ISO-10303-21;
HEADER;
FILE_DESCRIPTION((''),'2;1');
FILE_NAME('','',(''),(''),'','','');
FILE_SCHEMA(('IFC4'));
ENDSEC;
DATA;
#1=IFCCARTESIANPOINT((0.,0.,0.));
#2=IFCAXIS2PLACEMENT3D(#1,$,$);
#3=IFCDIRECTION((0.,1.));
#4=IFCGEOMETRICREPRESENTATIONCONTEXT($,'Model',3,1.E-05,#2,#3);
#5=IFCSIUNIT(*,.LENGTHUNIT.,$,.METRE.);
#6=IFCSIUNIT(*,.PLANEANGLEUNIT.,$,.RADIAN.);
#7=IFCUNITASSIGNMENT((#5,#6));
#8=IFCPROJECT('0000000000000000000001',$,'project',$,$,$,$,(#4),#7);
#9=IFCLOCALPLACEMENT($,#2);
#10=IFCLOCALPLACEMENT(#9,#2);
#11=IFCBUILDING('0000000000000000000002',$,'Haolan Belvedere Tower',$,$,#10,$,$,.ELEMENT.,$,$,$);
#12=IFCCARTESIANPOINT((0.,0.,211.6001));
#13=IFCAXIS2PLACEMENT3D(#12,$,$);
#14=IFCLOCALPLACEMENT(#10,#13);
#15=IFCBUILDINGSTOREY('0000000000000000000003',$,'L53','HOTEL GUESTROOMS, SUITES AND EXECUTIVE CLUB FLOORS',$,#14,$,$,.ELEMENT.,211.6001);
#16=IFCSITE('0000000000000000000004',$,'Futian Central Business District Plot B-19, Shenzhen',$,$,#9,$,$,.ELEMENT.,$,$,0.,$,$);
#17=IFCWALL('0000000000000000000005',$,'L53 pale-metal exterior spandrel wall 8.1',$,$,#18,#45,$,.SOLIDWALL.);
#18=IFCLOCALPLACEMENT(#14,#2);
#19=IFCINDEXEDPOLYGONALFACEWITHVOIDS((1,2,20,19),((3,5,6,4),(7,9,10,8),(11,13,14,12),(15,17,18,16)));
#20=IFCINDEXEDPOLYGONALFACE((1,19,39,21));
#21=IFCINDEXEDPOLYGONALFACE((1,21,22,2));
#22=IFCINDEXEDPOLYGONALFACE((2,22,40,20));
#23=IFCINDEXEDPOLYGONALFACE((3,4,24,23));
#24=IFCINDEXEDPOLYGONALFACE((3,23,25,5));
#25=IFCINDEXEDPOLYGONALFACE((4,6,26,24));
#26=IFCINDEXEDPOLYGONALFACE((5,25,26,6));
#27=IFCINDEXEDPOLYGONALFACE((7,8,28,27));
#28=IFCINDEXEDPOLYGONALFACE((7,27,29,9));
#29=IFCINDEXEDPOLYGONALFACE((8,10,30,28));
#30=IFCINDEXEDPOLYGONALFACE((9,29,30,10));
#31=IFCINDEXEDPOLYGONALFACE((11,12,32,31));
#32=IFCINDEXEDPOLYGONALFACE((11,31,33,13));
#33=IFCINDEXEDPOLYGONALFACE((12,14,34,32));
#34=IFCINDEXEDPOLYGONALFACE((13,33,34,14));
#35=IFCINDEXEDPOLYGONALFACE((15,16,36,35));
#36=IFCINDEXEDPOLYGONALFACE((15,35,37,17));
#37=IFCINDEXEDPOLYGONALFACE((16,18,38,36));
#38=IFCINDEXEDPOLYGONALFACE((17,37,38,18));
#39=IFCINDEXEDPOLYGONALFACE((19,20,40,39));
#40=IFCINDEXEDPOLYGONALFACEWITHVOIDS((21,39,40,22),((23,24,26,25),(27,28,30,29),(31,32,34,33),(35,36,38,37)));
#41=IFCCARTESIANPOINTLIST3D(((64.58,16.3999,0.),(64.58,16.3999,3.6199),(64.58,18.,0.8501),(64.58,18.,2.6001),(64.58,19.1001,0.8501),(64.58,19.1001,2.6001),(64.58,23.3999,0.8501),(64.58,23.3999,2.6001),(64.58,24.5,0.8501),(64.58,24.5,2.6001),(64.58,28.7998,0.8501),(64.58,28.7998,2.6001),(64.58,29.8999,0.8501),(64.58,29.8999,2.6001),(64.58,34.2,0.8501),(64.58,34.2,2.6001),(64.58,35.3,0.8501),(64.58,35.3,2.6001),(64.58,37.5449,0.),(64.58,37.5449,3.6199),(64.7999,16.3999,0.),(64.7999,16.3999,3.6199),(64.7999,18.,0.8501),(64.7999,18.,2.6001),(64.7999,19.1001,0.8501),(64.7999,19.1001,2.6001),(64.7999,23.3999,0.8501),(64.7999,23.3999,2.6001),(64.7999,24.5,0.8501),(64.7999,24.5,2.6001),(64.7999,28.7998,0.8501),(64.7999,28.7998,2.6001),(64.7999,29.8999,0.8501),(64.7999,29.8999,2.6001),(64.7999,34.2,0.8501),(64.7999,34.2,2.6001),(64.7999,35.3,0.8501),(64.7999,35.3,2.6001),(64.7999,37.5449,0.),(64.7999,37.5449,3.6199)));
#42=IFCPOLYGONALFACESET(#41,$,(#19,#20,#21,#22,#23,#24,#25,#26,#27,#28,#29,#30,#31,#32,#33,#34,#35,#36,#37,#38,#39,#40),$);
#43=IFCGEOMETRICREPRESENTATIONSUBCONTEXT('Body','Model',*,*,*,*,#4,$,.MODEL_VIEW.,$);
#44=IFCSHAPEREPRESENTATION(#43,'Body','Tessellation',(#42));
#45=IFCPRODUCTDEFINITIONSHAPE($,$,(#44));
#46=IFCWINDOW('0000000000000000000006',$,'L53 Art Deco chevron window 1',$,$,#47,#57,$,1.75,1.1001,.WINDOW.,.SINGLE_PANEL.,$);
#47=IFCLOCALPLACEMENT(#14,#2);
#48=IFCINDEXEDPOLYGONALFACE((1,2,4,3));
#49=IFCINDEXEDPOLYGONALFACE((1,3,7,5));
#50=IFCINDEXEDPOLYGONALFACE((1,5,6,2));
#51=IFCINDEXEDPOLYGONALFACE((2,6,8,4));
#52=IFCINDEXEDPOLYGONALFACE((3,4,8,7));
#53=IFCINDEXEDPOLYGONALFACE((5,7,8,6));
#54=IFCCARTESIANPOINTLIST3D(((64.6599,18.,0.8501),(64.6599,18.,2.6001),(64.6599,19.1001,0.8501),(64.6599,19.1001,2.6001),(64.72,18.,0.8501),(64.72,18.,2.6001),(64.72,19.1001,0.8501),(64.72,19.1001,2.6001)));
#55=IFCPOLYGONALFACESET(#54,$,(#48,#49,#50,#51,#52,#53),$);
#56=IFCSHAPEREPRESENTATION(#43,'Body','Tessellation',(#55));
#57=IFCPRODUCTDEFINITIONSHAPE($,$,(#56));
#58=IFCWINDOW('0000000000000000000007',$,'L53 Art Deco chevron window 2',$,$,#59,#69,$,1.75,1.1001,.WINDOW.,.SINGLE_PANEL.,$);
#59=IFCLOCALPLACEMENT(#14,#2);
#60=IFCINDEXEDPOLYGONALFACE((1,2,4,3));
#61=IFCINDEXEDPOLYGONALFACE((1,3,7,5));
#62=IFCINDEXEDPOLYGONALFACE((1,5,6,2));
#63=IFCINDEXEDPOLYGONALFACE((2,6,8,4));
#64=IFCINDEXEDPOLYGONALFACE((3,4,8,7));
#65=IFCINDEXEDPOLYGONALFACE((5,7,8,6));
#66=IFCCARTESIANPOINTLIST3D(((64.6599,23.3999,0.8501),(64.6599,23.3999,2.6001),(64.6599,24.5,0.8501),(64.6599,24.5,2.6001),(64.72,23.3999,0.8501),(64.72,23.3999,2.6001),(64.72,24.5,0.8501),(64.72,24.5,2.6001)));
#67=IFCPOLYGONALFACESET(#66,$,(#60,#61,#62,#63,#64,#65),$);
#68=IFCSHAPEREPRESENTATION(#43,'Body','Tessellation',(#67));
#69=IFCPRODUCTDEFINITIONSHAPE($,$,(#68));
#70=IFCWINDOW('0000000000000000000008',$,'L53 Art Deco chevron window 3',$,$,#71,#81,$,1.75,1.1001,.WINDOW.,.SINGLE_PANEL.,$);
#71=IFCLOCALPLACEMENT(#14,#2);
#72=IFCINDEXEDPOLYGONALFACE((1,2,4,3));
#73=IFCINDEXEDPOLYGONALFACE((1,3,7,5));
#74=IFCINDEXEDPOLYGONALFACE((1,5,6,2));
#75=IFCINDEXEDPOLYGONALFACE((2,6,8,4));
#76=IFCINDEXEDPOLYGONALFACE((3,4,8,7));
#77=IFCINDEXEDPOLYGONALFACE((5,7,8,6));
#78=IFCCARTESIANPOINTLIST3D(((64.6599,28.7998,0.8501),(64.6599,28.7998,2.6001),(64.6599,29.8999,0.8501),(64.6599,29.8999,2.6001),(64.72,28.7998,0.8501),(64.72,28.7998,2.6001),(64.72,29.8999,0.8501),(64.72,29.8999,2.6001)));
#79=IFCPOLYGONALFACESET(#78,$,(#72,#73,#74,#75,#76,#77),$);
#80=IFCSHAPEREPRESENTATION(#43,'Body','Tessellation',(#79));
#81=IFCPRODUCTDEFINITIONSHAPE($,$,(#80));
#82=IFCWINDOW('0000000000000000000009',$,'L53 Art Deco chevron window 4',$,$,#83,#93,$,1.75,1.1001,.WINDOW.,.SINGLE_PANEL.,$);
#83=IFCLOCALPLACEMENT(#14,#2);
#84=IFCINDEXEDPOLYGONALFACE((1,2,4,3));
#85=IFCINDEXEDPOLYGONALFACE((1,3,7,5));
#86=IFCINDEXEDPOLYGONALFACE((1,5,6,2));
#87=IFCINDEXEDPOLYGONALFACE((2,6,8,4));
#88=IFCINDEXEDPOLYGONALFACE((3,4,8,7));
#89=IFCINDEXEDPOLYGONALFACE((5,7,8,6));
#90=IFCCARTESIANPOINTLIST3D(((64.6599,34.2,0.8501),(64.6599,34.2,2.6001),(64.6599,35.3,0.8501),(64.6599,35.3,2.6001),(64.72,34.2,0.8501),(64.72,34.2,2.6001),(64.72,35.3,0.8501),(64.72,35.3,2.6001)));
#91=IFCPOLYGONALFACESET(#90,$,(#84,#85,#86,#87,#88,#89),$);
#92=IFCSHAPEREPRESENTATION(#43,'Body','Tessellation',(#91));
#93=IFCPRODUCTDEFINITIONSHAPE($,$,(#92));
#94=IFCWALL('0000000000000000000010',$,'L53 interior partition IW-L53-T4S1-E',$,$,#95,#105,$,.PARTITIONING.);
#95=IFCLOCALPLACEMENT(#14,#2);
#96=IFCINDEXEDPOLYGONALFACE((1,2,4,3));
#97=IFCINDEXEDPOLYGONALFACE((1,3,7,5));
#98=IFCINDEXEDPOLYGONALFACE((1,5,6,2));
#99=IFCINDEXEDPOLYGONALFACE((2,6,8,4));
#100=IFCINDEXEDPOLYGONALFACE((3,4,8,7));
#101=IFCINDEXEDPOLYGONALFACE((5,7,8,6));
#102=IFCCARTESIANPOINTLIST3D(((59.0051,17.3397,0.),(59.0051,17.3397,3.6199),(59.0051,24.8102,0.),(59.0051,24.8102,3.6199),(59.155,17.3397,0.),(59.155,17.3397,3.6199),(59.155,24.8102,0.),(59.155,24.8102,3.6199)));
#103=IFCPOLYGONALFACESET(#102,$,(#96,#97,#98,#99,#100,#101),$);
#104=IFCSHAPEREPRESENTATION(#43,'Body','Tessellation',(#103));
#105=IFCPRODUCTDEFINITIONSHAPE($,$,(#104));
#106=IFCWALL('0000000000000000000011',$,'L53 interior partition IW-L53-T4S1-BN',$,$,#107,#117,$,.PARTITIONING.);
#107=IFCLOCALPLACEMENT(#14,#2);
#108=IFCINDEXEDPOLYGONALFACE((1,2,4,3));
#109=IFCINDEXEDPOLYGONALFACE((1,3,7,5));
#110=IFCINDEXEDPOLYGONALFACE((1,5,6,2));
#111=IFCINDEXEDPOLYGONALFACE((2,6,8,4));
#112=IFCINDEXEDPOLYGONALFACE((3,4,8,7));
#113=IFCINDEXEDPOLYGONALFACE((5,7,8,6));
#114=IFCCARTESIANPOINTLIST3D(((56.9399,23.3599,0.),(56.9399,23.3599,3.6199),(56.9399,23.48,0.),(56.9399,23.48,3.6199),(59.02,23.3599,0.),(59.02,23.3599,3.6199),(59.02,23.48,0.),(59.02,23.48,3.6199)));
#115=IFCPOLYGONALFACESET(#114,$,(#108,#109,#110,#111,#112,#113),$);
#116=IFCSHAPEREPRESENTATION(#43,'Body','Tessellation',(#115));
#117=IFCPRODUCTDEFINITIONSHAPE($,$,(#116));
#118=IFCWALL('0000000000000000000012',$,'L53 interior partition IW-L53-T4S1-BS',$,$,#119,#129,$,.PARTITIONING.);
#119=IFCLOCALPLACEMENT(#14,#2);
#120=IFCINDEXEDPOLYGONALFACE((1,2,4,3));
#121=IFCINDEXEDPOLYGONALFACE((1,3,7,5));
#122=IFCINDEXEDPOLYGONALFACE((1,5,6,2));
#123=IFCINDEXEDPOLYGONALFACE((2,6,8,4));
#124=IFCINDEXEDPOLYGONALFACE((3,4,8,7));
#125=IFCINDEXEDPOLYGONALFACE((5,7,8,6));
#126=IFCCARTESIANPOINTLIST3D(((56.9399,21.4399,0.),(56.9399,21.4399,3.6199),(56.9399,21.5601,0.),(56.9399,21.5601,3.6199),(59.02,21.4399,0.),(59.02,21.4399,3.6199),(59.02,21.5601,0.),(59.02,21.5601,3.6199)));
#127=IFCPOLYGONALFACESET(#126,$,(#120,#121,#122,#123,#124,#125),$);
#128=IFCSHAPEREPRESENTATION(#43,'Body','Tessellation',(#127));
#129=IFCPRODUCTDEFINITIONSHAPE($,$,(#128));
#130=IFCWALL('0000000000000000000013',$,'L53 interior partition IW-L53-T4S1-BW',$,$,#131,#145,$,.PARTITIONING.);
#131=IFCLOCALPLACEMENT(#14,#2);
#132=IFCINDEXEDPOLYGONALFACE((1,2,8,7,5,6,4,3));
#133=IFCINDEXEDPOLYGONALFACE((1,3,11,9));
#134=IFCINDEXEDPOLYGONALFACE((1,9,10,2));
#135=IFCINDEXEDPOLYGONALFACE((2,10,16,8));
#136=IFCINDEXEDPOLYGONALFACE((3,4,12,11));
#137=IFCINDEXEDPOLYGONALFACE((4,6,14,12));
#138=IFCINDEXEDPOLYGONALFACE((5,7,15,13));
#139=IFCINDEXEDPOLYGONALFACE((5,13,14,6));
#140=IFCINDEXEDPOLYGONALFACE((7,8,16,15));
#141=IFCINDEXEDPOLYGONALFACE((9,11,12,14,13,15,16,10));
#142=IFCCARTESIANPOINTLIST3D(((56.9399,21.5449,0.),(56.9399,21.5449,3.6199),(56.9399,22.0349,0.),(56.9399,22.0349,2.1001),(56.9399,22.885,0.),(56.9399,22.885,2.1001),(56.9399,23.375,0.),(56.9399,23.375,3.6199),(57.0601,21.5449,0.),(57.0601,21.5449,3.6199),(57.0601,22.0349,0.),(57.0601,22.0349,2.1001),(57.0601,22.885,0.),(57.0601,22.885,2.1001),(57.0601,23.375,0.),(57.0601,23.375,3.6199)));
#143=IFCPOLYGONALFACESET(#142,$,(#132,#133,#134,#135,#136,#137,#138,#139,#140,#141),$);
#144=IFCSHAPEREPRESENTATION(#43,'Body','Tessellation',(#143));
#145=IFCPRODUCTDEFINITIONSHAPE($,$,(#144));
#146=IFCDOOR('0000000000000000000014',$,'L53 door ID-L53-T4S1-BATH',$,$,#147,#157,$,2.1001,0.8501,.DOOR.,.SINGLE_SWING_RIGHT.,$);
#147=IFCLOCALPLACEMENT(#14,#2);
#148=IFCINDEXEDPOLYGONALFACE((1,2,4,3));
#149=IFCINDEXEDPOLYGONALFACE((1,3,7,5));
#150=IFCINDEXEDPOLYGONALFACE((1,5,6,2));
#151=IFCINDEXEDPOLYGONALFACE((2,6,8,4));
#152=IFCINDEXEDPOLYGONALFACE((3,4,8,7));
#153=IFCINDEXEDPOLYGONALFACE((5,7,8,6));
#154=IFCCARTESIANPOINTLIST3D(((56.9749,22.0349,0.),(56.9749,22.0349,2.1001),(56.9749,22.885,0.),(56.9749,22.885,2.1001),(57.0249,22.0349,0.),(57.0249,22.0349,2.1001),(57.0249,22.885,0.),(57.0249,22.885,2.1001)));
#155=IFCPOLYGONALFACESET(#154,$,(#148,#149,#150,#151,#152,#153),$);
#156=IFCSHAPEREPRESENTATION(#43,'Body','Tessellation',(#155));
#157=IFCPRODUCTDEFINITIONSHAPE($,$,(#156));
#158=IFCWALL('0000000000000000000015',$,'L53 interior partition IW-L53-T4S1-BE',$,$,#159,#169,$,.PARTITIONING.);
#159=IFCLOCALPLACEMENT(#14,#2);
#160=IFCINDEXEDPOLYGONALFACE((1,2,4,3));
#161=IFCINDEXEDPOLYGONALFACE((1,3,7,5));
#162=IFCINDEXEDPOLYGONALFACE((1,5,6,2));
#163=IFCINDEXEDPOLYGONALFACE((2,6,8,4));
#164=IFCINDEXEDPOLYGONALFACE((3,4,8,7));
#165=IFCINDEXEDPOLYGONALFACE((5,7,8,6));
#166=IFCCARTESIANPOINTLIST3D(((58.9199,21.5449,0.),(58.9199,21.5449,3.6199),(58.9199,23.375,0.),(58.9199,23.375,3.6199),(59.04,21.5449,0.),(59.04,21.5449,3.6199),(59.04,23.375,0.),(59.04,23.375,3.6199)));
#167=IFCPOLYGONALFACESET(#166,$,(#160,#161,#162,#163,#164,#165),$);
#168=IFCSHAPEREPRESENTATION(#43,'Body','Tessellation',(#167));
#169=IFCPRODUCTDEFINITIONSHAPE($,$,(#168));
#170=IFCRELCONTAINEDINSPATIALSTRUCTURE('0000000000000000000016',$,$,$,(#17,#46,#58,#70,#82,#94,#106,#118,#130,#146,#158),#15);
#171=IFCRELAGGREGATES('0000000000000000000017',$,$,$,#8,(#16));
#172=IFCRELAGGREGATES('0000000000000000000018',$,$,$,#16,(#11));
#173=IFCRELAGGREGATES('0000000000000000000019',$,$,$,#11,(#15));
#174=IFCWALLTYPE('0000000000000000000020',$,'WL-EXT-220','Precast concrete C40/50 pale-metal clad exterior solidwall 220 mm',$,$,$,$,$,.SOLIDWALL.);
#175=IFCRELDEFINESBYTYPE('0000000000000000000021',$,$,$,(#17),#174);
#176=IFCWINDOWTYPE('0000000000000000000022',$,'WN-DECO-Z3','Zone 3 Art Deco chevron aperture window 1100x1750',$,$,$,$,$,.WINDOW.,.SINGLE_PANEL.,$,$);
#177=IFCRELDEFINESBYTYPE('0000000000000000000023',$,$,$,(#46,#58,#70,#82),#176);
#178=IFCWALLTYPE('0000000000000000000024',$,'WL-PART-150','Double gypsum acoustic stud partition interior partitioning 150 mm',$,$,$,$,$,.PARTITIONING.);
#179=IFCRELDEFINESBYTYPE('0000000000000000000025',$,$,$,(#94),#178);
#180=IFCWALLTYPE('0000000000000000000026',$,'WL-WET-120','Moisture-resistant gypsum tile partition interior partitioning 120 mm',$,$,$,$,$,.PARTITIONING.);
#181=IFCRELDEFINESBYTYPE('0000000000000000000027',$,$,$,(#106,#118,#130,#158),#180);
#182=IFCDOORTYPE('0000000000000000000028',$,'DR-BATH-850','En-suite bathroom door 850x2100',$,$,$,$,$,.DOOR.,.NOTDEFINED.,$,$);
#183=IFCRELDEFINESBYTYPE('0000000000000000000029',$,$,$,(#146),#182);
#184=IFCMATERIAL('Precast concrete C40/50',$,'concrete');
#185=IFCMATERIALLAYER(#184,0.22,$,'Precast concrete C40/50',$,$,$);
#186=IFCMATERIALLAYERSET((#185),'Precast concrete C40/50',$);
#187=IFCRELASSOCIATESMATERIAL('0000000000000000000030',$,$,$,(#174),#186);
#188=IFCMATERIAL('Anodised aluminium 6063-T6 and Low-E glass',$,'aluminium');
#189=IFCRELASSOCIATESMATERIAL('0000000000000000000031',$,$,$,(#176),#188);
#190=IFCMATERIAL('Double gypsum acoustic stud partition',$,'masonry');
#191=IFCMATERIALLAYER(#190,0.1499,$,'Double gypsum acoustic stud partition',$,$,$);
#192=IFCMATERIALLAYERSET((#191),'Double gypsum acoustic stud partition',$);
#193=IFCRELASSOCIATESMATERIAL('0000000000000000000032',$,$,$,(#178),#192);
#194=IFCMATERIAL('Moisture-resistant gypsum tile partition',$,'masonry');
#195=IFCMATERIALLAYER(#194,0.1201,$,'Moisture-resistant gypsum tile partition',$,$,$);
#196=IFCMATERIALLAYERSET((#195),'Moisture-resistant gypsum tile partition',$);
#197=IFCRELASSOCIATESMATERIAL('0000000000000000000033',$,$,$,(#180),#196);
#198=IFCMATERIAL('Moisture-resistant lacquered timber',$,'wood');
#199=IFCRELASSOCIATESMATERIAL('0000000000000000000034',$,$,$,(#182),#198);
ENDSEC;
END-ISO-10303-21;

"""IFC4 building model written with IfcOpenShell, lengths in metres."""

from ifc_helpers import new_model, si_unit, direction, frame, frame_2d, origin, place, context, subcontext, project, spatial, rectangle, extrude, material, layer, layer_set, type_object, element, fill, save


model = new_model("IFC4")

# Units and contexts
model_context = context("Model", 3, precision=1e-05, world=origin(), true_north=direction((0.0, 1.0)))
body_context = subcontext(model_context, "Body", "Model", "MODEL_VIEW")
ifc_project = project(units=[si_unit("LENGTHUNIT", "METRE"), si_unit("PLANEANGLEUNIT", "RADIAN")], contexts=[model_context])

# Site, building, storey
site_placement = place(None, origin())
site = spatial("IfcSite", under=ifc_project, at=site_placement, Name="Futian Central Business District Plot B-19, Shenzhen", CompositionType="ELEMENT", RefElevation=0.0)
building_placement = place(site_placement, origin())
building = spatial("IfcBuilding", under=site, at=building_placement, Name="Haolan Belvedere Tower", CompositionType="ELEMENT")
storey_placement = place(building_placement, frame((0.0, 0.0, 211.6001)))
storey = spatial("IfcBuildingStorey", under=building, at=storey_placement, Name="L53", Description="HOTEL GUESTROOMS, SUITES AND EXECUTIVE CLUB FLOORS", CompositionType="ELEMENT", Elevation=211.6001)

# Shared definitions
ifc_material_1 = material(Name="Precast concrete C40/50", Category="concrete")
ifc_layer_1 = layer(ifc_material_1, 0.22, Name="Precast concrete C40/50")
ifc_layer_set_1 = layer_set([ifc_layer_1], Name="Precast concrete C40/50")
wall_type_1 = type_object("IfcWallType", Name="WL-EXT-220", Description="Precast concrete C40/50 pale-metal clad exterior solidwall 220 mm", PredefinedType="SOLIDWALL", material=ifc_layer_set_1)
ifc_material_2 = material(Name="Anodised aluminium 6063-T6 and Low-E glass", Category="aluminium")
window_type = type_object("IfcWindowType", Name="WN-DECO-Z3", Description="Zone 3 Art Deco chevron aperture window 1100x1750", PartitioningType="SINGLE_PANEL", PredefinedType="WINDOW", material=ifc_material_2)

# Wall, openings, windows
wall_1_placement = place(storey_placement, frame((64.6899, 16.3999, 0.0), z_axis=(0.0, 0.0, 1.0), x_axis=(0.0, 1.0, 0.0)))
wall_1 = element("IfcWall", 1, at=wall_1_placement, inside=storey, type_object=wall_type_1, Name="L53 pale-metal exterior spandrel wall 8.1", PredefinedType="SOLIDWALL", context=body_context, shape_type="SweptSolid", body=[
    extrude(rectangle(XDim=21.145, YDim=0.22, at=frame_2d((10.5725, 0.0))), origin(), (0.0, 0.0, 1.0), 3.6199),
])
opening_1_placement = place(wall_1_placement, frame((1.6001, 0.0, 0.8501)))
opening_1 = element("IfcOpeningElement", 2, at=opening_1_placement, cuts=wall_1, PredefinedType="OPENING", context=body_context, shape_type="SweptSolid", body=[
    extrude(rectangle(XDim=1.1001, YDim=1.75, at=frame_2d((0.55, 0.875))), frame((0.0, 0.1199, 0.0), z_axis=(0.0, -1.0, 0.0), x_axis=(1.0, 0.0, 0.0)), (0.0, 0.0, 1.0), 0.24),
])
opening_2_placement = place(wall_1_placement, frame((7.0, 0.0, 0.8501)))
opening_2 = element("IfcOpeningElement", 3, at=opening_2_placement, cuts=wall_1, PredefinedType="OPENING", context=body_context, shape_type="SweptSolid", body=[
    extrude(rectangle(XDim=1.1001, YDim=1.75, at=frame_2d((0.55, 0.875))), frame((0.0, 0.1199, 0.0), z_axis=(0.0, -1.0, 0.0), x_axis=(1.0, 0.0, 0.0)), (0.0, 0.0, 1.0), 0.24),
])
opening_3_placement = place(wall_1_placement, frame((12.3999, 0.0, 0.8501)))
opening_3 = element("IfcOpeningElement", 4, at=opening_3_placement, cuts=wall_1, PredefinedType="OPENING", context=body_context, shape_type="SweptSolid", body=[
    extrude(rectangle(XDim=1.1001, YDim=1.75, at=frame_2d((0.55, 0.875))), frame((0.0, 0.1199, 0.0), z_axis=(0.0, -1.0, 0.0), x_axis=(1.0, 0.0, 0.0)), (0.0, 0.0, 1.0), 0.24),
])
opening_4_placement = place(wall_1_placement, frame((17.8, 0.0, 0.8501)))
opening_4 = element("IfcOpeningElement", 5, at=opening_4_placement, cuts=wall_1, PredefinedType="OPENING", context=body_context, shape_type="SweptSolid", body=[
    extrude(rectangle(XDim=1.1001, YDim=1.75, at=frame_2d((0.55, 0.875))), frame((0.0, 0.1199, 0.0), z_axis=(0.0, -1.0, 0.0), x_axis=(1.0, 0.0, 0.0)), (0.0, 0.0, 1.0), 0.24),
])
window_1_placement = place(opening_1_placement, origin())
window_1 = element("IfcWindow", 6, at=window_1_placement, inside=storey, type_object=window_type, Name="L53 Art Deco chevron window 1", OverallHeight=1.75, OverallWidth=1.1001, PartitioningType="SINGLE_PANEL", PredefinedType="WINDOW", context=body_context, shape_type="SweptSolid", body=[
    extrude(rectangle(XDim=1.1001, YDim=1.75, at=frame_2d((0.55, 0.875))), frame((0.0, 0.03, 0.0), z_axis=(0.0, -1.0, 0.0), x_axis=(1.0, 0.0, 0.0)), (0.0, 0.0, 1.0), 0.0601),
])
fill(opening_1, window_1)
window_2_placement = place(opening_2_placement, origin())
window_2 = element("IfcWindow", 7, at=window_2_placement, inside=storey, type_object=window_type, Name="L53 Art Deco chevron window 2", OverallHeight=1.75, OverallWidth=1.1001, PartitioningType="SINGLE_PANEL", PredefinedType="WINDOW", context=body_context, shape_type="SweptSolid", body=[
    extrude(rectangle(XDim=1.1001, YDim=1.75, at=frame_2d((0.55, 0.875))), frame((0.0, 0.03, 0.0), z_axis=(0.0, -1.0, 0.0), x_axis=(1.0, 0.0, 0.0)), (0.0, 0.0, 1.0), 0.0601),
])
fill(opening_2, window_2)
window_3_placement = place(opening_3_placement, origin())
window_3 = element("IfcWindow", 8, at=window_3_placement, inside=storey, type_object=window_type, Name="L53 Art Deco chevron window 3", OverallHeight=1.75, OverallWidth=1.1001, PartitioningType="SINGLE_PANEL", PredefinedType="WINDOW", context=body_context, shape_type="SweptSolid", body=[
    extrude(rectangle(XDim=1.1001, YDim=1.75, at=frame_2d((0.55, 0.875))), frame((0.0, 0.03, 0.0), z_axis=(0.0, -1.0, 0.0), x_axis=(1.0, 0.0, 0.0)), (0.0, 0.0, 1.0), 0.0601),
])
fill(opening_3, window_3)
window_4_placement = place(opening_4_placement, origin())
window_4 = element("IfcWindow", 9, at=window_4_placement, inside=storey, type_object=window_type, Name="L53 Art Deco chevron window 4", OverallHeight=1.75, OverallWidth=1.1001, PartitioningType="SINGLE_PANEL", PredefinedType="WINDOW", context=body_context, shape_type="SweptSolid", body=[
    extrude(rectangle(XDim=1.1001, YDim=1.75, at=frame_2d((0.55, 0.875))), frame((0.0, 0.03, 0.0), z_axis=(0.0, -1.0, 0.0), x_axis=(1.0, 0.0, 0.0)), (0.0, 0.0, 1.0), 0.0601),
])
fill(opening_4, window_4)

# Walls
ifc_material_3 = material(Name="Double gypsum acoustic stud partition", Category="masonry")
ifc_layer_2 = layer(ifc_material_3, 0.1499, Name="Double gypsum acoustic stud partition")
ifc_layer_set_2 = layer_set([ifc_layer_2], Name="Double gypsum acoustic stud partition")
wall_type_2 = type_object("IfcWallType", Name="WL-PART-150", Description="Double gypsum acoustic stud partition interior partitioning 150 mm", PredefinedType="PARTITIONING", material=ifc_layer_set_2)
wall_2_placement = place(storey_placement, frame((59.0801, 17.3396, 0.0), z_axis=(0.0, 0.0, 1.0), x_axis=(0.0, 1.0, 0.0)))
element("IfcWall", 10, at=wall_2_placement, inside=storey, type_object=wall_type_2, Name="L53 interior partition IW-L53-T4S1-E", PredefinedType="PARTITIONING", context=body_context, shape_type="SweptSolid", body=[
    extrude(rectangle(XDim=7.4705, YDim=0.1499, at=frame_2d((3.7354, 0.0))), origin(), (0.0, 0.0, 1.0), 3.6199),
])
ifc_material_4 = material(Name="Moisture-resistant gypsum tile partition", Category="masonry")
ifc_layer_3 = layer(ifc_material_4, 0.1201, Name="Moisture-resistant gypsum tile partition")
ifc_layer_set_3 = layer_set([ifc_layer_3], Name="Moisture-resistant gypsum tile partition")
wall_type_3 = type_object("IfcWallType", Name="WL-WET-120", Description="Moisture-resistant gypsum tile partition interior partitioning 120 mm", PredefinedType="PARTITIONING", material=ifc_layer_set_3)
for number, where, z_axis, x_axis, name in (
    (11, (56.9399, 23.4199, 0.0), (0.0, 0.0, 1.0), (1.0, 0.0, 0.0), "L53 interior partition IW-L53-T4S1-BN"),
    (12, (56.9399, 21.5, 0.0), (0.0, 0.0, 1.0), (1.0, 0.0, 0.0), "L53 interior partition IW-L53-T4S1-BS"),
):
    element("IfcWall", number, at=place(storey_placement, frame(where, z_axis=z_axis, x_axis=x_axis)), inside=storey, type_object=wall_type_3, Name=name, PredefinedType="PARTITIONING", context=body_context, shape_type="SweptSolid", body=[
        extrude(rectangle(XDim=2.0801, YDim=0.1201, at=frame_2d((1.04, 0.0))), origin(), (0.0, 0.0, 1.0), 3.6199),
    ])

# Wall, opening, door
wall_3_placement = place(storey_placement, frame((57.0, 21.5449, 0.0), z_axis=(0.0, 0.0, 1.0), x_axis=(0.0, 1.0, 0.0)))
wall_3 = element("IfcWall", 13, at=wall_3_placement, inside=storey, type_object=wall_type_3, Name="L53 interior partition IW-L53-T4S1-BW", PredefinedType="PARTITIONING", context=body_context, shape_type="SweptSolid", body=[
    extrude(rectangle(XDim=1.8301, YDim=0.1201, at=frame_2d((0.915, 0.0))), origin(), (0.0, 0.0, 1.0), 3.6199),
])
opening_5_placement = place(wall_3_placement, frame((1.3401, 0.0, 0.0), z_axis=(0.0, 0.0, 1.0), x_axis=(-1.0, 0.0, 0.0)))
opening_5 = element("IfcOpeningElement", 14, at=opening_5_placement, cuts=wall_3, PredefinedType="OPENING", context=body_context, shape_type="SweptSolid", body=[
    extrude(rectangle(XDim=0.8501, YDim=2.1001, at=frame_2d((0.425, 1.05))), frame((0.0, 0.0701, 0.0), z_axis=(0.0, -1.0, 0.0), x_axis=(1.0, 0.0, 0.0)), (0.0, 0.0, 1.0), 0.1401),
])
ifc_material_5 = material(Name="Moisture-resistant lacquered timber", Category="wood")
door_type = type_object("IfcDoorType", Name="DR-BATH-850", Description="En-suite bathroom door 850x2100", OperationType="NOTDEFINED", PredefinedType="DOOR", material=ifc_material_5)
door_1_placement = place(opening_5_placement, origin())
door_1 = element("IfcDoor", 15, at=door_1_placement, inside=storey, type_object=door_type, Name="L53 door ID-L53-T4S1-BATH", OperationType="SINGLE_SWING_RIGHT", OverallHeight=2.1001, OverallWidth=0.8501, PredefinedType="DOOR", context=body_context, shape_type="SweptSolid", body=[
    extrude(rectangle(XDim=0.8501, YDim=2.1001, at=frame_2d((0.425, 1.05))), frame((0.0, 0.0249, 0.0), z_axis=(0.0, -1.0, 0.0), x_axis=(1.0, 0.0, 0.0)), (0.0, 0.0, 1.0), 0.05),
])
fill(opening_5, door_1)

# Wall
wall_4_placement = place(storey_placement, frame((58.98, 21.5449, 0.0), z_axis=(0.0, 0.0, 1.0), x_axis=(0.0, 1.0, 0.0)))
element("IfcWall", 16, at=wall_4_placement, inside=storey, type_object=wall_type_3, Name="L53 interior partition IW-L53-T4S1-BE", PredefinedType="PARTITIONING", context=body_context, shape_type="SweptSolid", body=[
    extrude(rectangle(XDim=1.8301, YDim=0.1201, at=frame_2d((0.915, 0.0))), origin(), (0.0, 0.0, 1.0), 3.6199),
])

save(model, "model.ifc")
